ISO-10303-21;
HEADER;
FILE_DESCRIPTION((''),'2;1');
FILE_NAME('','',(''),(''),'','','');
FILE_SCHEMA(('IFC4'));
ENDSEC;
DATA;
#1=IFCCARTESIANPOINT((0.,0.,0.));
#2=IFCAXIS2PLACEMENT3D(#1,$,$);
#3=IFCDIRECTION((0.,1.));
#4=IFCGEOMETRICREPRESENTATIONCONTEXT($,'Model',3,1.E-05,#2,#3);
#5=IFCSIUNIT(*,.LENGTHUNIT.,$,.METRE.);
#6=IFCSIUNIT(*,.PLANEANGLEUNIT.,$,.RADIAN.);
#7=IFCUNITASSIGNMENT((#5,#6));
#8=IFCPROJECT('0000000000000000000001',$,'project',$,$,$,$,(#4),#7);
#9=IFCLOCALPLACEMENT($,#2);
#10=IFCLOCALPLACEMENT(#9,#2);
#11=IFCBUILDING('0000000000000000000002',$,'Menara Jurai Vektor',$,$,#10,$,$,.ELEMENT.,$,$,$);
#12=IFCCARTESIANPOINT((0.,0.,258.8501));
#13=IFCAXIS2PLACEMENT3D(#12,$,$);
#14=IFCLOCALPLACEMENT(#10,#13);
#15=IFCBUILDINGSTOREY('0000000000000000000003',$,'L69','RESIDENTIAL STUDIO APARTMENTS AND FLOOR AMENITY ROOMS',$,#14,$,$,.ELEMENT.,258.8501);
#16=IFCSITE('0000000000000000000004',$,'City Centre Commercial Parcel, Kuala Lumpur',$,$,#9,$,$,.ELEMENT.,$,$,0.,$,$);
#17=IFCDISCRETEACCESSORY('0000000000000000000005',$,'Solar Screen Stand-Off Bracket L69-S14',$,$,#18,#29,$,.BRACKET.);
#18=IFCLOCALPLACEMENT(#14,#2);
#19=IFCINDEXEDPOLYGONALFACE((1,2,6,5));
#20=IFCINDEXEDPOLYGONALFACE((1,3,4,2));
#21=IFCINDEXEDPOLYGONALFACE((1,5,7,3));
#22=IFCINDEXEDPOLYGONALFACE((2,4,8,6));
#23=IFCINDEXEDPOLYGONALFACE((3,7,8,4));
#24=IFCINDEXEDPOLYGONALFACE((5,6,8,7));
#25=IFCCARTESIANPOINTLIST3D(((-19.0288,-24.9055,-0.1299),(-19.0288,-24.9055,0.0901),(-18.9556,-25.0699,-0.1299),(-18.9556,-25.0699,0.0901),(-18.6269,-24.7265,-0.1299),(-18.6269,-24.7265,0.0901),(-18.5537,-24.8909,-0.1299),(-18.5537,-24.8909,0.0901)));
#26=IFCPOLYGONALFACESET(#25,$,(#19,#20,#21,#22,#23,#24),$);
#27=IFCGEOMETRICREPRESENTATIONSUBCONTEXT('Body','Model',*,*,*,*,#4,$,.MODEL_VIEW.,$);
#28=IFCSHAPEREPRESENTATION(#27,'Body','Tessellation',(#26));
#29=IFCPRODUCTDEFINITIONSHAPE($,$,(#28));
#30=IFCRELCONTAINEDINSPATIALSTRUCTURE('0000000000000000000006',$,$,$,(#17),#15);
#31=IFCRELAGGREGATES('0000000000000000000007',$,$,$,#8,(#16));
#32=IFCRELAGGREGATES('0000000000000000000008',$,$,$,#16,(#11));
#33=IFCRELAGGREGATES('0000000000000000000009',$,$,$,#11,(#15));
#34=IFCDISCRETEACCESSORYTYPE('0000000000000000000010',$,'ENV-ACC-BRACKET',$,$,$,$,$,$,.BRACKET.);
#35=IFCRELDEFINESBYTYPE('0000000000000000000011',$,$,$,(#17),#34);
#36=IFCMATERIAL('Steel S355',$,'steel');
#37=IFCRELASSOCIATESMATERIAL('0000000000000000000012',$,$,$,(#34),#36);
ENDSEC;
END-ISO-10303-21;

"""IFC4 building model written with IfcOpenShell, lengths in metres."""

from ifc_helpers import new_model, si_unit, direction, frame, origin, origin_2d, place, context, subcontext, project, spatial, rectangle, extrude, material, type_object, element, save


model = new_model("IFC4")

# Units and contexts
model_context = context("Model", 3, precision=1e-05, world=origin(), true_north=direction((0.0, 1.0)))
body_context = subcontext(model_context, "Body", "Model", "MODEL_VIEW")
ifc_project = project(units=[si_unit("LENGTHUNIT", "METRE"), si_unit("PLANEANGLEUNIT", "RADIAN")], contexts=[model_context])

# Site, building, storey
site_placement = place(None, origin())
site = spatial("IfcSite", under=ifc_project, at=site_placement, Name="City Centre Commercial Parcel, Kuala Lumpur", CompositionType="ELEMENT", RefElevation=0.0)
building_placement = place(site_placement, origin())
building = spatial("IfcBuilding", under=site, at=building_placement, Name="Menara Jurai Vektor", CompositionType="ELEMENT")
storey_placement = place(building_placement, frame((0.0, 0.0, 258.8501)))
storey = spatial("IfcBuildingStorey", under=building, at=storey_placement, Name="L69", Description="RESIDENTIAL STUDIO APARTMENTS AND FLOOR AMENITY ROOMS", CompositionType="ELEMENT", Elevation=258.8501)

# Shared definitions
ifc_material_1 = material(Name="Steel S355", Category="steel")

# Discrete accessory
discrete_accessory_type = type_object("IfcDiscreteAccessoryType", Name="ENV-ACC-BRACKET", PredefinedType="BRACKET", material=ifc_material_1)
discrete_accessory_placement = place(storey_placement, frame((-18.7913, -24.8982, -0.1299), z_axis=(0.0, 0.0, 1.0), x_axis=(0.406737, -0.913545, 0.0)))
element("IfcDiscreteAccessory", 1, at=discrete_accessory_placement, inside=storey, type_object=discrete_accessory_type, Name="Solar Screen Stand-Off Bracket L69-S14", PredefinedType="BRACKET", context=body_context, shape_type="SweptSolid", body=[
    extrude(rectangle(XDim=0.1799, YDim=0.4399, at=origin_2d()), origin(), (0.0, 0.0, 1.0), 0.22),
])

save(model, "model.ifc")
